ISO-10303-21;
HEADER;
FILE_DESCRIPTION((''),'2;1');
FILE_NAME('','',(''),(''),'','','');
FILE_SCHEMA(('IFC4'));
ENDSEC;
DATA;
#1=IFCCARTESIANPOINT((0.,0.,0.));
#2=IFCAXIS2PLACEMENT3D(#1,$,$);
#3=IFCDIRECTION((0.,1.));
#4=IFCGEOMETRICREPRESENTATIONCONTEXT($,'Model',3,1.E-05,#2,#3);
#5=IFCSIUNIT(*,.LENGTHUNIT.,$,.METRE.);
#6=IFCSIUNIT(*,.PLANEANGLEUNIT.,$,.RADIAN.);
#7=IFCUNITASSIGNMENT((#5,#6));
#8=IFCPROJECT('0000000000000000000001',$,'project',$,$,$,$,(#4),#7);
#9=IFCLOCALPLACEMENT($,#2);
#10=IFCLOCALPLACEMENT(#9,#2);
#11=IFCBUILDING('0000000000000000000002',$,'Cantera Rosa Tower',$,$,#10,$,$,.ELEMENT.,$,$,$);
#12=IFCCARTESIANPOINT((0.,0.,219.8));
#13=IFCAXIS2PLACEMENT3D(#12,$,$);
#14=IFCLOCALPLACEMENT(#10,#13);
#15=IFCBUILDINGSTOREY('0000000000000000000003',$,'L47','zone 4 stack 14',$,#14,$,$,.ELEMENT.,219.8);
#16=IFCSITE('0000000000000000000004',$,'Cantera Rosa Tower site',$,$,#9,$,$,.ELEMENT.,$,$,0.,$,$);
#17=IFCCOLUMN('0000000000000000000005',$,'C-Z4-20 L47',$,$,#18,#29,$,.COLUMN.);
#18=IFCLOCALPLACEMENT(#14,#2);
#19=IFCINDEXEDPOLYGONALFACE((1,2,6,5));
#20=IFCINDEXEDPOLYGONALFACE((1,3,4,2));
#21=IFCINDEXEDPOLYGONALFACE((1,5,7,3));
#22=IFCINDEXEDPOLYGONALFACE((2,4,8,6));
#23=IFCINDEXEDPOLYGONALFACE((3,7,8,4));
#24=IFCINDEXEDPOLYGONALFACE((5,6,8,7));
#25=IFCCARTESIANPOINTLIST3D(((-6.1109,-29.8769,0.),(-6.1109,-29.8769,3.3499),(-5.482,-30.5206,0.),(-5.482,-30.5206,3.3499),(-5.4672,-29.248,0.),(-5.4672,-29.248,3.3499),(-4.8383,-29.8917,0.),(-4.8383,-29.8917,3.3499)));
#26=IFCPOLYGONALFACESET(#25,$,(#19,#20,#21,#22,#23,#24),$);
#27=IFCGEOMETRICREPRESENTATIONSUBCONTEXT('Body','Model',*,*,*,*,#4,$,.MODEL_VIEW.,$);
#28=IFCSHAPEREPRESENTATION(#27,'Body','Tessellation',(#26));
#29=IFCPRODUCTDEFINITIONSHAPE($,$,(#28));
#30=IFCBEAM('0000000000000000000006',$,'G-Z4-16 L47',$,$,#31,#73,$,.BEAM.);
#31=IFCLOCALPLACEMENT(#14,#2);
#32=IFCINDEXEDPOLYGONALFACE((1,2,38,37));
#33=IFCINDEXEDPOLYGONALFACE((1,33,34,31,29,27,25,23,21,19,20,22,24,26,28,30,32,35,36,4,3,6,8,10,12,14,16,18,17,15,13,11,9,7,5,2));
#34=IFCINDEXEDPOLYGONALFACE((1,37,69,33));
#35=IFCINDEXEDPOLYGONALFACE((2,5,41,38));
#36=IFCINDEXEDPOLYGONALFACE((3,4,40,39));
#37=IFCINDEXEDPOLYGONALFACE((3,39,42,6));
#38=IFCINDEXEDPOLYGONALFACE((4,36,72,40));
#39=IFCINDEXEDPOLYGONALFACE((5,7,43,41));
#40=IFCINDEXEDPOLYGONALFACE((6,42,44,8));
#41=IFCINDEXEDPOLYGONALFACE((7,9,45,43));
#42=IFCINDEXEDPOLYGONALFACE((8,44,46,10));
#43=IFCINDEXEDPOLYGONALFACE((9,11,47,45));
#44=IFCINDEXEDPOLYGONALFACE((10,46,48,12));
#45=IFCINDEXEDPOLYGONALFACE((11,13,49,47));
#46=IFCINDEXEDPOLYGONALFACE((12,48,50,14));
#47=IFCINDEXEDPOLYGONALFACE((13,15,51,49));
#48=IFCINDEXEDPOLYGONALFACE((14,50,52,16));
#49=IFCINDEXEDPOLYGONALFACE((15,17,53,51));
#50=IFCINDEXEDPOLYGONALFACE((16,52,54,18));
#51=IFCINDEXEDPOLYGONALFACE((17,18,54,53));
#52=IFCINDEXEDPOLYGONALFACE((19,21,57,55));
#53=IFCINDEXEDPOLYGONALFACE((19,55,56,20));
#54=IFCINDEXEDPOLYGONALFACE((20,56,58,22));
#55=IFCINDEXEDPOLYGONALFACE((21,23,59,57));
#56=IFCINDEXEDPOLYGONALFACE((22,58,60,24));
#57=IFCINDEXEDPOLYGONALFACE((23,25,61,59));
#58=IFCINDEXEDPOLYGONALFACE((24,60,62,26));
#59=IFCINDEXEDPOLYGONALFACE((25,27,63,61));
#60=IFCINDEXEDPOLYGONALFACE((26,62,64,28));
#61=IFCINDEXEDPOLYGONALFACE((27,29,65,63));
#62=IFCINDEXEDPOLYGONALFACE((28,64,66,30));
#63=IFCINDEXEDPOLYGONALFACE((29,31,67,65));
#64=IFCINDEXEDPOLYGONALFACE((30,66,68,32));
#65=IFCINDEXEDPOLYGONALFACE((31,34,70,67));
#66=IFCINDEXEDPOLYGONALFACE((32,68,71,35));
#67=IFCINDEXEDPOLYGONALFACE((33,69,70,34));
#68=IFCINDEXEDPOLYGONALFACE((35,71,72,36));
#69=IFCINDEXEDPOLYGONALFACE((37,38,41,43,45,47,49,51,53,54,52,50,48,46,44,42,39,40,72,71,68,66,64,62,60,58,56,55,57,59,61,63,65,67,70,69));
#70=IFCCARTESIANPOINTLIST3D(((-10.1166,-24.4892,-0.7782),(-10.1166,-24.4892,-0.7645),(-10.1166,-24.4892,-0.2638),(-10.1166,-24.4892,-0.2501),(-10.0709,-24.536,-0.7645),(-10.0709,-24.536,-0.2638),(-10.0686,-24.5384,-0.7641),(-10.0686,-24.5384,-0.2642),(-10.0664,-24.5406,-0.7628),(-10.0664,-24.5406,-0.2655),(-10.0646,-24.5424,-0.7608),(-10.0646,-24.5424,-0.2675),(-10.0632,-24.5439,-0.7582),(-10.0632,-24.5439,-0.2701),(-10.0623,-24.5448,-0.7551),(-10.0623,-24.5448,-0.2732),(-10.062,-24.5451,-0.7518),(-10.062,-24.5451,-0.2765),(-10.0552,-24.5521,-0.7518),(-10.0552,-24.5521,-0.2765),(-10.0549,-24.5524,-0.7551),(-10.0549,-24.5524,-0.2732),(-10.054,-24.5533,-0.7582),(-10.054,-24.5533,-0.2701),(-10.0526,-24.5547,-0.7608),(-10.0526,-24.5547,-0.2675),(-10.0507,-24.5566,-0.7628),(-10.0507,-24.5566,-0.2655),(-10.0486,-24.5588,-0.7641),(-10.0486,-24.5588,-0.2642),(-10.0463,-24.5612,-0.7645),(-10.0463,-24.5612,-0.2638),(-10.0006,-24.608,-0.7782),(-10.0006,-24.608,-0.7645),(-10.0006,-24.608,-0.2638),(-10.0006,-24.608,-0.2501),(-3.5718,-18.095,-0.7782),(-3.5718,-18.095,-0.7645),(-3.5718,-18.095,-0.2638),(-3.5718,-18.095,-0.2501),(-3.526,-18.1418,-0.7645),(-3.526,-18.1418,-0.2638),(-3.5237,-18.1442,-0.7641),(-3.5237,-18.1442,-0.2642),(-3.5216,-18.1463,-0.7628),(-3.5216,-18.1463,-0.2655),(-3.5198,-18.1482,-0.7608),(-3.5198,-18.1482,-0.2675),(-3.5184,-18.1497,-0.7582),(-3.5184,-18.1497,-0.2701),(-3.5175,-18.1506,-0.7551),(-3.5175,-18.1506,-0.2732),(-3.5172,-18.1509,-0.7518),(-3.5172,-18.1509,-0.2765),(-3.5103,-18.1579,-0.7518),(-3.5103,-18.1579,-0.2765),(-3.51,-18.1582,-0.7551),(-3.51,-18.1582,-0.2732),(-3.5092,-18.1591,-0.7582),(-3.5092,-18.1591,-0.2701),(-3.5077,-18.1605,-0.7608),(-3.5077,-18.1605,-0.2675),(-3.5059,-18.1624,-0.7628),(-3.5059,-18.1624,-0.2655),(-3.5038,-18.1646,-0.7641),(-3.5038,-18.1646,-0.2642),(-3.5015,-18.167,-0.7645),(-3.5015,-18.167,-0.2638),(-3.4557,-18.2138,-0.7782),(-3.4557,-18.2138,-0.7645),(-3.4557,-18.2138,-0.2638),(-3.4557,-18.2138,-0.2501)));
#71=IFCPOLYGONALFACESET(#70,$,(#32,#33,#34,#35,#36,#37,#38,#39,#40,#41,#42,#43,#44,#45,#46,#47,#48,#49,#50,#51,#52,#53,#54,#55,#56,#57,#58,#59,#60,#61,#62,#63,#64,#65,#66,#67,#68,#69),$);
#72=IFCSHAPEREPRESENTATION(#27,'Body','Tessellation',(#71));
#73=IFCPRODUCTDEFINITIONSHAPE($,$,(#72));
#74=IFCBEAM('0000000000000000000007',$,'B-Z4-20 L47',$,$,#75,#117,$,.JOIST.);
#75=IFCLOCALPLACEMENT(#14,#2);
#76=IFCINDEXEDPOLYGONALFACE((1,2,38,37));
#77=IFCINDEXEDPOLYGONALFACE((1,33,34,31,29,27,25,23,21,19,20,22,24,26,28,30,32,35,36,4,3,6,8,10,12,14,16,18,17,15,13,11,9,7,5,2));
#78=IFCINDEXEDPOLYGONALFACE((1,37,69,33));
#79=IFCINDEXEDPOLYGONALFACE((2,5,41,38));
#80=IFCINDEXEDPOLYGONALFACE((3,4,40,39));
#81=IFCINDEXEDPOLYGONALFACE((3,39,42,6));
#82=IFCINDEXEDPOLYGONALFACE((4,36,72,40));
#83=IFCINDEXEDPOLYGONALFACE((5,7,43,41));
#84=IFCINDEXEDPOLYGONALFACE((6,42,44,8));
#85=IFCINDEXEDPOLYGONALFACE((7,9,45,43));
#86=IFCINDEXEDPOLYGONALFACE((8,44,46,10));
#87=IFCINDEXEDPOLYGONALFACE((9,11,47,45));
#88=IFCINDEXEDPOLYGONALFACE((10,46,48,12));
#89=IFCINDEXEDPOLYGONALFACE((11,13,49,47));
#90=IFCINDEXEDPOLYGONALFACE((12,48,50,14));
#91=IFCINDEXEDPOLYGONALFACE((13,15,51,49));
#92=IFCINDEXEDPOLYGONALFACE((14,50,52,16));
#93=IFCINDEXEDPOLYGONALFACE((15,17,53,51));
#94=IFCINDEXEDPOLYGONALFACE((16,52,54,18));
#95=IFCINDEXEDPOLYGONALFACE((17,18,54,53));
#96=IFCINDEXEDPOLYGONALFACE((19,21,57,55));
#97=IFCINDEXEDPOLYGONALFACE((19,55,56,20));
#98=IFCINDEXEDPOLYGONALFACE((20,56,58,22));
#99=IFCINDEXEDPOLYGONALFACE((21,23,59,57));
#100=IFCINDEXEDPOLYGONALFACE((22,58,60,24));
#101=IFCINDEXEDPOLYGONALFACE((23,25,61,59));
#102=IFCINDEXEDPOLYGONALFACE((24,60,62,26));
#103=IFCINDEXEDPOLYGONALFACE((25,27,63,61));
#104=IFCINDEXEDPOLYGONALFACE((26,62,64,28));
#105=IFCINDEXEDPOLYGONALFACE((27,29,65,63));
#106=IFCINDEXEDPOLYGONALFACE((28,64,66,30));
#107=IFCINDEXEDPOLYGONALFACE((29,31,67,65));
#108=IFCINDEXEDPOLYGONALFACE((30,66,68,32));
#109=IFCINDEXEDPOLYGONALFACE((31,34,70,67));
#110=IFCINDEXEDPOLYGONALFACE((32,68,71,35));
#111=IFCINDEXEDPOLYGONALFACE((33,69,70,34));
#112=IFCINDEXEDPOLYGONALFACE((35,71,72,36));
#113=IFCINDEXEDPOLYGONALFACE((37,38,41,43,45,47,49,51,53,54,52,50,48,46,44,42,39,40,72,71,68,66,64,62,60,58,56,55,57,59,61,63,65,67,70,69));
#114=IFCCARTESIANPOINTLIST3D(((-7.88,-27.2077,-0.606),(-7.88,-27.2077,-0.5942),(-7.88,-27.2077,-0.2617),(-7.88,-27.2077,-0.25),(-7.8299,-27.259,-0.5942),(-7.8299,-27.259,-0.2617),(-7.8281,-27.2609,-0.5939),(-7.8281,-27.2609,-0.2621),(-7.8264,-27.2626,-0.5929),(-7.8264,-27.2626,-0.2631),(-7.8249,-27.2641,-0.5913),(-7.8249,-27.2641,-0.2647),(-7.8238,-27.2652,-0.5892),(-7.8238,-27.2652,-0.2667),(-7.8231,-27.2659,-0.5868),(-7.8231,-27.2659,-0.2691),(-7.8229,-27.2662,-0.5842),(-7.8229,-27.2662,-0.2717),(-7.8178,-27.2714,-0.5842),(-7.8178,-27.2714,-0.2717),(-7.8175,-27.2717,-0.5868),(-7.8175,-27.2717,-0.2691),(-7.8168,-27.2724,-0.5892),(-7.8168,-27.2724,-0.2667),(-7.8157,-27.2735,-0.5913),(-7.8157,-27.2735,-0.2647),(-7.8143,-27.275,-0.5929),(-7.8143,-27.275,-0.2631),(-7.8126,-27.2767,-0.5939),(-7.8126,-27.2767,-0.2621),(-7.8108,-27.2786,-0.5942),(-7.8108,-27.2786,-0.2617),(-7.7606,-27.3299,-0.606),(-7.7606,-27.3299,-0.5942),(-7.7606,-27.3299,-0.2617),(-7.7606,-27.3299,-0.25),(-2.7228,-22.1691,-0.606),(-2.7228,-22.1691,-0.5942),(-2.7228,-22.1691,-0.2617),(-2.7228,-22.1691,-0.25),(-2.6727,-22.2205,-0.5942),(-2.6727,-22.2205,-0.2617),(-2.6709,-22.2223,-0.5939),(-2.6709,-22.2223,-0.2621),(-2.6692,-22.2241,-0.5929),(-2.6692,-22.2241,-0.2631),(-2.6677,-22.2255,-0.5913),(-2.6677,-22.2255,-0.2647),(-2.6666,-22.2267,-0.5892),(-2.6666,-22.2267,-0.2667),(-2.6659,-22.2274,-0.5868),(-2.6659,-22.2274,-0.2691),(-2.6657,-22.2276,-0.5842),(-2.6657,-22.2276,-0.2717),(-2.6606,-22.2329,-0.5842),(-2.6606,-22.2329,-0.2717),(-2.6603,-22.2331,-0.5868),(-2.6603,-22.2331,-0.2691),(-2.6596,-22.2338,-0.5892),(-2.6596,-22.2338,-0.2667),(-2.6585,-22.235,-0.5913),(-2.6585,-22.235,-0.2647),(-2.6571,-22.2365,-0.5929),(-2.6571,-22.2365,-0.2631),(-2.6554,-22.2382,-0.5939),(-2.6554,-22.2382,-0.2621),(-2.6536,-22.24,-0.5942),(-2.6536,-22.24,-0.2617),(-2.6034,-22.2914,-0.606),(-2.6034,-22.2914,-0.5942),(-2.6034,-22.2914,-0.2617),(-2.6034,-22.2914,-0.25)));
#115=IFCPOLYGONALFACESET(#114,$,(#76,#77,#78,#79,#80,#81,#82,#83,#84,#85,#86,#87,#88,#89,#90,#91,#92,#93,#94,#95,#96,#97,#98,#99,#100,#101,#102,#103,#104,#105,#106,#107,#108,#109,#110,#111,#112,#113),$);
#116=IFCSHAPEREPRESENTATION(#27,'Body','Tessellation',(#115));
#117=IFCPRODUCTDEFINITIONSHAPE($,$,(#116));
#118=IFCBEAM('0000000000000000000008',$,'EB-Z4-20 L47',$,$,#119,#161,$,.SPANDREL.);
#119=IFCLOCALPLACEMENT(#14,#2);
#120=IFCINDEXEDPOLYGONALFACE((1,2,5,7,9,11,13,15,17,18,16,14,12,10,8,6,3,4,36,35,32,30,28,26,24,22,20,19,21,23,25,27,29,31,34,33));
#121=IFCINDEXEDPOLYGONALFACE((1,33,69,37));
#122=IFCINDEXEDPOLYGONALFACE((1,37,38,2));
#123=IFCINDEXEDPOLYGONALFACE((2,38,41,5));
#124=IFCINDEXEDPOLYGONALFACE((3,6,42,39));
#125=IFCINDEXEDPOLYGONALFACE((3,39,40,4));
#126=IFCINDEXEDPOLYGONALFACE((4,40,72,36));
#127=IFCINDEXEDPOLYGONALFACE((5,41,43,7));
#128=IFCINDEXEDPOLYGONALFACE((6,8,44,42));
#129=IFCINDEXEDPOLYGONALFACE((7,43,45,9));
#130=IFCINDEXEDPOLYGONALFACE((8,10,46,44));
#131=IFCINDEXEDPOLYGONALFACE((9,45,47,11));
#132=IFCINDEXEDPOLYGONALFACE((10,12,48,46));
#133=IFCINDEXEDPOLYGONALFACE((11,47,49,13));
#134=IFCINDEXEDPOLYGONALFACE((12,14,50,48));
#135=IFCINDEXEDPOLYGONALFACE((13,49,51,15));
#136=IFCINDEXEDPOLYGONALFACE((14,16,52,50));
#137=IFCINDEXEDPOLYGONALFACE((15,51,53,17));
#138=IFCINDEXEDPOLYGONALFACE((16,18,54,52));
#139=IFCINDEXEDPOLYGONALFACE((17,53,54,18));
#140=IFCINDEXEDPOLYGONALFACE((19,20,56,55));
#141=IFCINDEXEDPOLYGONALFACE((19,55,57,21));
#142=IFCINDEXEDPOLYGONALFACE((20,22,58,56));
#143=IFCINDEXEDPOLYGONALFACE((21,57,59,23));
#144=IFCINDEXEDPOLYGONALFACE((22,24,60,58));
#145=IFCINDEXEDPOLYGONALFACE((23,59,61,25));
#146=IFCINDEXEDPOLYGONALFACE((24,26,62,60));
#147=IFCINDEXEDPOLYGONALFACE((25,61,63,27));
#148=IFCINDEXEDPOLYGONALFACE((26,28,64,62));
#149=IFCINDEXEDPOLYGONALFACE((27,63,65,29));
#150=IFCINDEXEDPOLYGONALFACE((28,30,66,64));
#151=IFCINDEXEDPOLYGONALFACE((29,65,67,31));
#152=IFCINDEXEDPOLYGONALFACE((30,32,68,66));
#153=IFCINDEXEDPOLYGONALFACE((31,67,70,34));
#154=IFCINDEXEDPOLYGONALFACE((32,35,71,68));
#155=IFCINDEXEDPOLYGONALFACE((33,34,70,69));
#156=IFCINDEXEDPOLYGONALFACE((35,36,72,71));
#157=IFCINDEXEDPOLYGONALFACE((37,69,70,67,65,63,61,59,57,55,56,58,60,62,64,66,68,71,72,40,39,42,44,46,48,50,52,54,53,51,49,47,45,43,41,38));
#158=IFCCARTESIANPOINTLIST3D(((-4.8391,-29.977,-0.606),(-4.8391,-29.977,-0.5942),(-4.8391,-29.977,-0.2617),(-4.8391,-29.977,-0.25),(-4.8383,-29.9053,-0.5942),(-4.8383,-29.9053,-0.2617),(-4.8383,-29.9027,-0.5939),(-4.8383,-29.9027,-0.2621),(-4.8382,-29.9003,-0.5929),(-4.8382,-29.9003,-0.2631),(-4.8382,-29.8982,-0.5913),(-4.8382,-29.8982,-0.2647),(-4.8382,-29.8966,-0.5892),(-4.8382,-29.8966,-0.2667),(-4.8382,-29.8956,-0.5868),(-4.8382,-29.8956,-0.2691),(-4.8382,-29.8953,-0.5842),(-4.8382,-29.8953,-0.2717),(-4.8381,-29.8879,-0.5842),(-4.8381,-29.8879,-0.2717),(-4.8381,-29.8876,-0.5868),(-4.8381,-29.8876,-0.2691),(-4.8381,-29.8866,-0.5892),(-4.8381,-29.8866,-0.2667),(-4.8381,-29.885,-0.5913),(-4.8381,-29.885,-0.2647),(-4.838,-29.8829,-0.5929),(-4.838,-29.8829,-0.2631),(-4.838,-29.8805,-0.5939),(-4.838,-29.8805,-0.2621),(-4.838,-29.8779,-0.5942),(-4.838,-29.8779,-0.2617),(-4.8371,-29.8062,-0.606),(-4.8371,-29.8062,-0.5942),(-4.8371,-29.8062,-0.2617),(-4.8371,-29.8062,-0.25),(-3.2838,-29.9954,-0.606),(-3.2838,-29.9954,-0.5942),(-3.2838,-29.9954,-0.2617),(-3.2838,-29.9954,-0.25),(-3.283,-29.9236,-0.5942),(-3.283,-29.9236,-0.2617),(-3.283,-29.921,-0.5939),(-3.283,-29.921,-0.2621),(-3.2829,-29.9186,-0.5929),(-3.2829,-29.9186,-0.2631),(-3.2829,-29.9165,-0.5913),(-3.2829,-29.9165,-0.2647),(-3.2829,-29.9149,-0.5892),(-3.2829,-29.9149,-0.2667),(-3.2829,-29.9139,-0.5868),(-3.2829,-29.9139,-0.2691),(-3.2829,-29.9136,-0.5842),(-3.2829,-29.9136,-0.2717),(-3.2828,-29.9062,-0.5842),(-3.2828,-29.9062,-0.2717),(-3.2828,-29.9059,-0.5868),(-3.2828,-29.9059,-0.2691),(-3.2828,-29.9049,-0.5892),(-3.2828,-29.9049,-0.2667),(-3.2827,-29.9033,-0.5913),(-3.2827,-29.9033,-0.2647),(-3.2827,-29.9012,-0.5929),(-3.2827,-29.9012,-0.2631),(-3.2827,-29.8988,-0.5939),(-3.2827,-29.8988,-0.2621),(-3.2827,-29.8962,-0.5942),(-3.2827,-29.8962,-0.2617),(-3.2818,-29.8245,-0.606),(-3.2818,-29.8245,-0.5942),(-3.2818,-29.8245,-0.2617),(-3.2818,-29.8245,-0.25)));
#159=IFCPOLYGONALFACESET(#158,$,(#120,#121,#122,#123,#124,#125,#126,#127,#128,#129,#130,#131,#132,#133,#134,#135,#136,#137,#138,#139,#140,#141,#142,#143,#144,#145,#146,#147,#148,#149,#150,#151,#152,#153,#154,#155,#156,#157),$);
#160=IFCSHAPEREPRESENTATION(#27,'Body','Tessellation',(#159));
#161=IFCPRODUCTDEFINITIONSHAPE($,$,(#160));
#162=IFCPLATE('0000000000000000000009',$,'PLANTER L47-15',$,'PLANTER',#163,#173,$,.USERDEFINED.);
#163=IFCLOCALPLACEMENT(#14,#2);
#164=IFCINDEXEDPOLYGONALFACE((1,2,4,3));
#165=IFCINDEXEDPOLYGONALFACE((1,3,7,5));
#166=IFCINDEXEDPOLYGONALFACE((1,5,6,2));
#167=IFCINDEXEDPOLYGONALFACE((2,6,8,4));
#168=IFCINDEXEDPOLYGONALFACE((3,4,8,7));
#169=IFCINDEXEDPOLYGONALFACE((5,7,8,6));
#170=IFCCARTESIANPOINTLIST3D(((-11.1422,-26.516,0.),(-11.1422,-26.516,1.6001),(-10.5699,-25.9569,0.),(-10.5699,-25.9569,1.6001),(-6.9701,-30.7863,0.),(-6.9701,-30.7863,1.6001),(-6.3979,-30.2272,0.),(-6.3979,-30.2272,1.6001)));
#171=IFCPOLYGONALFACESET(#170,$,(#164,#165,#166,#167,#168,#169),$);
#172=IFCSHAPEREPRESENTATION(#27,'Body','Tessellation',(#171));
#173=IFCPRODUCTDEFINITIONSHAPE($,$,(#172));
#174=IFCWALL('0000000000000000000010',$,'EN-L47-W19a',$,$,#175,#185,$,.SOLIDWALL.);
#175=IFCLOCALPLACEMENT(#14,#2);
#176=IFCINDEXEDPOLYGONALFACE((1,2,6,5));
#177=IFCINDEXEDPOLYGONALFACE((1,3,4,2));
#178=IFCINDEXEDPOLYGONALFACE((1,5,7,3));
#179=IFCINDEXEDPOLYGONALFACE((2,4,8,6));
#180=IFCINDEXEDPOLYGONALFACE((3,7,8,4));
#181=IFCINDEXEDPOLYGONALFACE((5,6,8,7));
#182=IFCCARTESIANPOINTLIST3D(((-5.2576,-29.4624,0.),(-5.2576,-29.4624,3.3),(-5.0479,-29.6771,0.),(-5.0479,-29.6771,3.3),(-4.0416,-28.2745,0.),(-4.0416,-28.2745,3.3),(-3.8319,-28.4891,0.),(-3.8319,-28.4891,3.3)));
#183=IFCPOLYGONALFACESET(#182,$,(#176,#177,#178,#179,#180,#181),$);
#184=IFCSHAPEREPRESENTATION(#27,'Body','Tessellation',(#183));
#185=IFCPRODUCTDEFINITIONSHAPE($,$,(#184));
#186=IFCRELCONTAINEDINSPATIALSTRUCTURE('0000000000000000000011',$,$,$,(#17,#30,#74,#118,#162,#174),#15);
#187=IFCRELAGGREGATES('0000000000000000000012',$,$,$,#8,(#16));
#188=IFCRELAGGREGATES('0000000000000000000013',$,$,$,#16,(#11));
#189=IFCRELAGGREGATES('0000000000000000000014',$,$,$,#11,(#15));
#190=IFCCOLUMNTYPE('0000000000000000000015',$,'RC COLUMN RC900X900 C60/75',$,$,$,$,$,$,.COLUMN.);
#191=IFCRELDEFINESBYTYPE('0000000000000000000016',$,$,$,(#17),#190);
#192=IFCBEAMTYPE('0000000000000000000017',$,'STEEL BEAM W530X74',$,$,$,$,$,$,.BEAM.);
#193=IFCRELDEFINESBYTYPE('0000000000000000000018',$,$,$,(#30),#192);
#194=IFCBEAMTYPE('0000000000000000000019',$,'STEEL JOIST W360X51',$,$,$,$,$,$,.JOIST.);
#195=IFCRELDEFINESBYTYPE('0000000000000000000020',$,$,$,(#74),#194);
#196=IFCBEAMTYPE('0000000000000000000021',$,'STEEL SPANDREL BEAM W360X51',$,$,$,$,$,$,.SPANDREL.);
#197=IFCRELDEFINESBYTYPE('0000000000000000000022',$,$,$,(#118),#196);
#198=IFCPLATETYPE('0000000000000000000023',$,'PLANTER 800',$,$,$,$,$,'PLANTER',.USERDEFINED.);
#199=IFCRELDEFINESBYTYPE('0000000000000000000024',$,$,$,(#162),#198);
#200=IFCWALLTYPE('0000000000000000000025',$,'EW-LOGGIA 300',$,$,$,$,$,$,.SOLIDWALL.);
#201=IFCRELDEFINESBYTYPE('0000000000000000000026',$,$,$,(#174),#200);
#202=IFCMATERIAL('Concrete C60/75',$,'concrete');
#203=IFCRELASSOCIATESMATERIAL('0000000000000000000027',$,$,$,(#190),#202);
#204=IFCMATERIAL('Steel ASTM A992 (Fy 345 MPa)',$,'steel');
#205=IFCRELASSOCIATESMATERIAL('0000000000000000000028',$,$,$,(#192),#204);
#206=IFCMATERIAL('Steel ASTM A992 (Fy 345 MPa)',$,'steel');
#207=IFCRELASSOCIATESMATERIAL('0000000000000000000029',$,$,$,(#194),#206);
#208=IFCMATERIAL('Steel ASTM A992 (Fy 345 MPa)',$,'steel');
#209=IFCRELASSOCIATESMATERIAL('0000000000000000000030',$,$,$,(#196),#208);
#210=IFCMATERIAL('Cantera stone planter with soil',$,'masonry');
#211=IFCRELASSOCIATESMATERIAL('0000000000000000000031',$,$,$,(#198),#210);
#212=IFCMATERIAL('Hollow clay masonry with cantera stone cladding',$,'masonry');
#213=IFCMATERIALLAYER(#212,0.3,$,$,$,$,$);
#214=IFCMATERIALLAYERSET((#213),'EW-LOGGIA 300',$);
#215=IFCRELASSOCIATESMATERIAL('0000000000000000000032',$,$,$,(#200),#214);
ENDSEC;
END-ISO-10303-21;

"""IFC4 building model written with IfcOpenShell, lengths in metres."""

from ifc_helpers import new_model, si_unit, direction, frame, frame_2d, origin, origin_2d, place, context, subcontext, project, spatial, rectangle, i_section, extrude, material, layer, layer_set, material_profile, profile_set, type_object, element, save


model = new_model("IFC4")

# Units and contexts
model_context = context("Model", 3, precision=1e-05, world=origin(), true_north=direction((0.0, 1.0)))
body_context = subcontext(model_context, "Body", "Model", "MODEL_VIEW")
ifc_project = project(units=[si_unit("LENGTHUNIT", "METRE"), si_unit("PLANEANGLEUNIT", "RADIAN")], contexts=[model_context])

# Site, building, storey
site_placement = place(None, origin())
site = spatial("IfcSite", under=ifc_project, at=site_placement, Name="Cantera Rosa Tower site", CompositionType="ELEMENT", RefElevation=0.0)
building_placement = place(site_placement, origin())
building = spatial("IfcBuilding", under=site, at=building_placement, Name="Cantera Rosa Tower", CompositionType="ELEMENT")
storey_placement = place(building_placement, frame((0.0, 0.0, 219.8)))
storey = spatial("IfcBuildingStorey", under=building, at=storey_placement, Name="L47", Description="zone 4 stack 14", CompositionType="ELEMENT", Elevation=219.8)

# Column
ifc_material_1 = material(Name="Concrete C60/75", Category="concrete")
ifc_material_profile_1 = material_profile(ifc_material_1, rectangle(XDim=0.8999, YDim=0.8999, at=origin_2d()), Name="RC COLUMN RC900X900 C60/75")
ifc_profile_set_1 = profile_set([ifc_material_profile_1], Name="Concrete C60/75")
column_type = type_object("IfcColumnType", Name="RC COLUMN RC900X900 C60/75", PredefinedType="COLUMN", material=ifc_profile_set_1)
column_placement = place(storey_placement, frame((-5.4746, -29.8843, 0.0), z_axis=(0.0, 0.0, 1.0), x_axis=(0.715286, 0.698832, 0.0)))
element("IfcColumn", 1, at=column_placement, inside=storey, type_object=column_type, Name="C-Z4-20 L47", PredefinedType="COLUMN", context=body_context, shape_type="SweptSolid", body=[
    extrude(rectangle(XDim=0.8999, YDim=0.8999, at=origin_2d()), origin(), (0.0, 0.0, 1.0), 3.3499),
])

# Beams
ifc_material_2 = material(Name="Steel ASTM A992 (Fy 345 MPa)", Category="steel")
ifc_material_profile_2 = material_profile(ifc_material_2, i_section(OverallWidth=0.166, OverallDepth=0.5281, WebThickness=0.0098, FlangeThickness=0.0137, FilletRadius=0.0127, at=origin_2d()), Name="W530X74")
ifc_profile_set_2 = profile_set([ifc_material_profile_2], Name="Steel ASTM A992 (Fy 345 MPa)")
beam_type_1 = type_object("IfcBeamType", Name="STEEL BEAM W530X74", PredefinedType="BEAM", material=ifc_profile_set_2)
beam_1_placement = place(storey_placement, frame((-10.0586, -24.5486, -0.5142), z_axis=(0.71529, 0.698827, 0.0), x_axis=(-0.698827, 0.71529, 0.0)))
element("IfcBeam", 2, at=beam_1_placement, inside=storey, type_object=beam_type_1, Name="G-Z4-16 L47", PredefinedType="BEAM", context=body_context, shape_type="SweptSolid", body=[
    extrude(i_section(OverallWidth=0.166, OverallDepth=0.5281, WebThickness=0.0098, FlangeThickness=0.0137, FilletRadius=0.0127, at=origin_2d()), origin(), (0.0, 0.0, 1.0), 9.1499),
])
ifc_material_3 = material(Name="Steel ASTM A992 (Fy 345 MPa)", Category="steel")
ifc_material_profile_3 = material_profile(ifc_material_3, i_section(OverallWidth=0.1709, OverallDepth=0.356, WebThickness=0.0073, FlangeThickness=0.0117, FilletRadius=0.01, at=origin_2d()), Name="W360X51")
ifc_profile_set_3 = profile_set([ifc_material_profile_3], Name="Steel ASTM A992 (Fy 345 MPa)")
beam_type_2 = type_object("IfcBeamType", Name="STEEL JOIST W360X51", PredefinedType="JOIST", material=ifc_profile_set_3)
beam_2_placement = place(storey_placement, frame((-7.8203, -27.2688, -0.428), z_axis=(0.715287, 0.698831, 0.0), x_axis=(-0.698831, 0.715287, 0.0)))
element("IfcBeam", 3, at=beam_2_placement, inside=storey, type_object=beam_type_2, Name="B-Z4-20 L47", PredefinedType="JOIST", context=body_context, shape_type="SweptSolid", body=[
    extrude(i_section(OverallWidth=0.1709, OverallDepth=0.356, WebThickness=0.0073, FlangeThickness=0.0117, FilletRadius=0.01, at=origin_2d()), origin(), (0.0, 0.0, 1.0), 7.21),
])
ifc_material_4 = material(Name="Steel ASTM A992 (Fy 345 MPa)", Category="steel")
ifc_material_profile_4 = material_profile(ifc_material_4, i_section(OverallWidth=0.1709, OverallDepth=0.356, WebThickness=0.0073, FlangeThickness=0.0117, FilletRadius=0.01, at=origin_2d()), Name="W360X51")
ifc_profile_set_4 = profile_set([ifc_material_profile_4], Name="Steel ASTM A992 (Fy 345 MPa)")
beam_type_3 = type_object("IfcBeamType", Name="STEEL SPANDREL BEAM W360X51", PredefinedType="SPANDREL", material=ifc_profile_set_4)
beam_3_placement = place(storey_placement, frame((-4.8381, -29.8916, -0.428), z_axis=(0.999931, -0.011771, 0.0), x_axis=(0.011771, 0.999931, 0.0)))
element("IfcBeam", 4, at=beam_3_placement, inside=storey, type_object=beam_type_3, Name="EB-Z4-20 L47", PredefinedType="SPANDREL", context=body_context, shape_type="SweptSolid", body=[
    extrude(i_section(OverallWidth=0.1709, OverallDepth=0.356, WebThickness=0.0073, FlangeThickness=0.0117, FilletRadius=0.01, at=origin_2d()), origin(), (0.0, 0.0, 1.0), 1.5554),
])

# Plate
ifc_material_5 = material(Name="Cantera stone planter with soil", Category="masonry")
plate_type = type_object("IfcPlateType", Name="PLANTER 800", ElementType="PLANTER", PredefinedType="USERDEFINED", material=ifc_material_5)
plate_placement = place(storey_placement, frame((-8.77, -28.3716, 0.0), z_axis=(0.0, 0.0, 1.0), x_axis=(0.698832, -0.715286, 0.0)))
element("IfcPlate", 5, at=plate_placement, inside=storey, type_object=plate_type, Name="PLANTER L47-15", ObjectType="PLANTER", PredefinedType="USERDEFINED", context=body_context, shape_type="SweptSolid", body=[
    extrude(rectangle(XDim=5.97, YDim=0.8, at=origin_2d()), origin(), (0.0, 0.0, 1.0), 1.6001),
])

# Wall
ifc_material_6 = material(Name="Hollow clay masonry with cantera stone cladding", Category="masonry")
ifc_layer_1 = layer(ifc_material_6, 0.3)
ifc_layer_set_1 = layer_set([ifc_layer_1], Name="EW-LOGGIA 300")
wall_type_1 = type_object("IfcWallType", Name="EW-LOGGIA 300", PredefinedType="SOLIDWALL", material=ifc_layer_set_1)
wall_1_placement = place(storey_placement, frame((-5.1528, -29.5698, 0.0), z_axis=(0.0, 0.0, 1.0), x_axis=(0.715316, 0.698801, 0.0)))
element("IfcWall", 6, at=wall_1_placement, inside=storey, type_object=wall_type_1, Name="EN-L47-W19a", PredefinedType="SOLIDWALL", context=body_context, shape_type="SweptSolid", body=[
    extrude(rectangle(XDim=1.7, YDim=0.3, at=frame_2d((0.8501, 0.0))), origin(), (0.0, 0.0, 1.0), 3.3),
])

save(model, "model.ifc")
